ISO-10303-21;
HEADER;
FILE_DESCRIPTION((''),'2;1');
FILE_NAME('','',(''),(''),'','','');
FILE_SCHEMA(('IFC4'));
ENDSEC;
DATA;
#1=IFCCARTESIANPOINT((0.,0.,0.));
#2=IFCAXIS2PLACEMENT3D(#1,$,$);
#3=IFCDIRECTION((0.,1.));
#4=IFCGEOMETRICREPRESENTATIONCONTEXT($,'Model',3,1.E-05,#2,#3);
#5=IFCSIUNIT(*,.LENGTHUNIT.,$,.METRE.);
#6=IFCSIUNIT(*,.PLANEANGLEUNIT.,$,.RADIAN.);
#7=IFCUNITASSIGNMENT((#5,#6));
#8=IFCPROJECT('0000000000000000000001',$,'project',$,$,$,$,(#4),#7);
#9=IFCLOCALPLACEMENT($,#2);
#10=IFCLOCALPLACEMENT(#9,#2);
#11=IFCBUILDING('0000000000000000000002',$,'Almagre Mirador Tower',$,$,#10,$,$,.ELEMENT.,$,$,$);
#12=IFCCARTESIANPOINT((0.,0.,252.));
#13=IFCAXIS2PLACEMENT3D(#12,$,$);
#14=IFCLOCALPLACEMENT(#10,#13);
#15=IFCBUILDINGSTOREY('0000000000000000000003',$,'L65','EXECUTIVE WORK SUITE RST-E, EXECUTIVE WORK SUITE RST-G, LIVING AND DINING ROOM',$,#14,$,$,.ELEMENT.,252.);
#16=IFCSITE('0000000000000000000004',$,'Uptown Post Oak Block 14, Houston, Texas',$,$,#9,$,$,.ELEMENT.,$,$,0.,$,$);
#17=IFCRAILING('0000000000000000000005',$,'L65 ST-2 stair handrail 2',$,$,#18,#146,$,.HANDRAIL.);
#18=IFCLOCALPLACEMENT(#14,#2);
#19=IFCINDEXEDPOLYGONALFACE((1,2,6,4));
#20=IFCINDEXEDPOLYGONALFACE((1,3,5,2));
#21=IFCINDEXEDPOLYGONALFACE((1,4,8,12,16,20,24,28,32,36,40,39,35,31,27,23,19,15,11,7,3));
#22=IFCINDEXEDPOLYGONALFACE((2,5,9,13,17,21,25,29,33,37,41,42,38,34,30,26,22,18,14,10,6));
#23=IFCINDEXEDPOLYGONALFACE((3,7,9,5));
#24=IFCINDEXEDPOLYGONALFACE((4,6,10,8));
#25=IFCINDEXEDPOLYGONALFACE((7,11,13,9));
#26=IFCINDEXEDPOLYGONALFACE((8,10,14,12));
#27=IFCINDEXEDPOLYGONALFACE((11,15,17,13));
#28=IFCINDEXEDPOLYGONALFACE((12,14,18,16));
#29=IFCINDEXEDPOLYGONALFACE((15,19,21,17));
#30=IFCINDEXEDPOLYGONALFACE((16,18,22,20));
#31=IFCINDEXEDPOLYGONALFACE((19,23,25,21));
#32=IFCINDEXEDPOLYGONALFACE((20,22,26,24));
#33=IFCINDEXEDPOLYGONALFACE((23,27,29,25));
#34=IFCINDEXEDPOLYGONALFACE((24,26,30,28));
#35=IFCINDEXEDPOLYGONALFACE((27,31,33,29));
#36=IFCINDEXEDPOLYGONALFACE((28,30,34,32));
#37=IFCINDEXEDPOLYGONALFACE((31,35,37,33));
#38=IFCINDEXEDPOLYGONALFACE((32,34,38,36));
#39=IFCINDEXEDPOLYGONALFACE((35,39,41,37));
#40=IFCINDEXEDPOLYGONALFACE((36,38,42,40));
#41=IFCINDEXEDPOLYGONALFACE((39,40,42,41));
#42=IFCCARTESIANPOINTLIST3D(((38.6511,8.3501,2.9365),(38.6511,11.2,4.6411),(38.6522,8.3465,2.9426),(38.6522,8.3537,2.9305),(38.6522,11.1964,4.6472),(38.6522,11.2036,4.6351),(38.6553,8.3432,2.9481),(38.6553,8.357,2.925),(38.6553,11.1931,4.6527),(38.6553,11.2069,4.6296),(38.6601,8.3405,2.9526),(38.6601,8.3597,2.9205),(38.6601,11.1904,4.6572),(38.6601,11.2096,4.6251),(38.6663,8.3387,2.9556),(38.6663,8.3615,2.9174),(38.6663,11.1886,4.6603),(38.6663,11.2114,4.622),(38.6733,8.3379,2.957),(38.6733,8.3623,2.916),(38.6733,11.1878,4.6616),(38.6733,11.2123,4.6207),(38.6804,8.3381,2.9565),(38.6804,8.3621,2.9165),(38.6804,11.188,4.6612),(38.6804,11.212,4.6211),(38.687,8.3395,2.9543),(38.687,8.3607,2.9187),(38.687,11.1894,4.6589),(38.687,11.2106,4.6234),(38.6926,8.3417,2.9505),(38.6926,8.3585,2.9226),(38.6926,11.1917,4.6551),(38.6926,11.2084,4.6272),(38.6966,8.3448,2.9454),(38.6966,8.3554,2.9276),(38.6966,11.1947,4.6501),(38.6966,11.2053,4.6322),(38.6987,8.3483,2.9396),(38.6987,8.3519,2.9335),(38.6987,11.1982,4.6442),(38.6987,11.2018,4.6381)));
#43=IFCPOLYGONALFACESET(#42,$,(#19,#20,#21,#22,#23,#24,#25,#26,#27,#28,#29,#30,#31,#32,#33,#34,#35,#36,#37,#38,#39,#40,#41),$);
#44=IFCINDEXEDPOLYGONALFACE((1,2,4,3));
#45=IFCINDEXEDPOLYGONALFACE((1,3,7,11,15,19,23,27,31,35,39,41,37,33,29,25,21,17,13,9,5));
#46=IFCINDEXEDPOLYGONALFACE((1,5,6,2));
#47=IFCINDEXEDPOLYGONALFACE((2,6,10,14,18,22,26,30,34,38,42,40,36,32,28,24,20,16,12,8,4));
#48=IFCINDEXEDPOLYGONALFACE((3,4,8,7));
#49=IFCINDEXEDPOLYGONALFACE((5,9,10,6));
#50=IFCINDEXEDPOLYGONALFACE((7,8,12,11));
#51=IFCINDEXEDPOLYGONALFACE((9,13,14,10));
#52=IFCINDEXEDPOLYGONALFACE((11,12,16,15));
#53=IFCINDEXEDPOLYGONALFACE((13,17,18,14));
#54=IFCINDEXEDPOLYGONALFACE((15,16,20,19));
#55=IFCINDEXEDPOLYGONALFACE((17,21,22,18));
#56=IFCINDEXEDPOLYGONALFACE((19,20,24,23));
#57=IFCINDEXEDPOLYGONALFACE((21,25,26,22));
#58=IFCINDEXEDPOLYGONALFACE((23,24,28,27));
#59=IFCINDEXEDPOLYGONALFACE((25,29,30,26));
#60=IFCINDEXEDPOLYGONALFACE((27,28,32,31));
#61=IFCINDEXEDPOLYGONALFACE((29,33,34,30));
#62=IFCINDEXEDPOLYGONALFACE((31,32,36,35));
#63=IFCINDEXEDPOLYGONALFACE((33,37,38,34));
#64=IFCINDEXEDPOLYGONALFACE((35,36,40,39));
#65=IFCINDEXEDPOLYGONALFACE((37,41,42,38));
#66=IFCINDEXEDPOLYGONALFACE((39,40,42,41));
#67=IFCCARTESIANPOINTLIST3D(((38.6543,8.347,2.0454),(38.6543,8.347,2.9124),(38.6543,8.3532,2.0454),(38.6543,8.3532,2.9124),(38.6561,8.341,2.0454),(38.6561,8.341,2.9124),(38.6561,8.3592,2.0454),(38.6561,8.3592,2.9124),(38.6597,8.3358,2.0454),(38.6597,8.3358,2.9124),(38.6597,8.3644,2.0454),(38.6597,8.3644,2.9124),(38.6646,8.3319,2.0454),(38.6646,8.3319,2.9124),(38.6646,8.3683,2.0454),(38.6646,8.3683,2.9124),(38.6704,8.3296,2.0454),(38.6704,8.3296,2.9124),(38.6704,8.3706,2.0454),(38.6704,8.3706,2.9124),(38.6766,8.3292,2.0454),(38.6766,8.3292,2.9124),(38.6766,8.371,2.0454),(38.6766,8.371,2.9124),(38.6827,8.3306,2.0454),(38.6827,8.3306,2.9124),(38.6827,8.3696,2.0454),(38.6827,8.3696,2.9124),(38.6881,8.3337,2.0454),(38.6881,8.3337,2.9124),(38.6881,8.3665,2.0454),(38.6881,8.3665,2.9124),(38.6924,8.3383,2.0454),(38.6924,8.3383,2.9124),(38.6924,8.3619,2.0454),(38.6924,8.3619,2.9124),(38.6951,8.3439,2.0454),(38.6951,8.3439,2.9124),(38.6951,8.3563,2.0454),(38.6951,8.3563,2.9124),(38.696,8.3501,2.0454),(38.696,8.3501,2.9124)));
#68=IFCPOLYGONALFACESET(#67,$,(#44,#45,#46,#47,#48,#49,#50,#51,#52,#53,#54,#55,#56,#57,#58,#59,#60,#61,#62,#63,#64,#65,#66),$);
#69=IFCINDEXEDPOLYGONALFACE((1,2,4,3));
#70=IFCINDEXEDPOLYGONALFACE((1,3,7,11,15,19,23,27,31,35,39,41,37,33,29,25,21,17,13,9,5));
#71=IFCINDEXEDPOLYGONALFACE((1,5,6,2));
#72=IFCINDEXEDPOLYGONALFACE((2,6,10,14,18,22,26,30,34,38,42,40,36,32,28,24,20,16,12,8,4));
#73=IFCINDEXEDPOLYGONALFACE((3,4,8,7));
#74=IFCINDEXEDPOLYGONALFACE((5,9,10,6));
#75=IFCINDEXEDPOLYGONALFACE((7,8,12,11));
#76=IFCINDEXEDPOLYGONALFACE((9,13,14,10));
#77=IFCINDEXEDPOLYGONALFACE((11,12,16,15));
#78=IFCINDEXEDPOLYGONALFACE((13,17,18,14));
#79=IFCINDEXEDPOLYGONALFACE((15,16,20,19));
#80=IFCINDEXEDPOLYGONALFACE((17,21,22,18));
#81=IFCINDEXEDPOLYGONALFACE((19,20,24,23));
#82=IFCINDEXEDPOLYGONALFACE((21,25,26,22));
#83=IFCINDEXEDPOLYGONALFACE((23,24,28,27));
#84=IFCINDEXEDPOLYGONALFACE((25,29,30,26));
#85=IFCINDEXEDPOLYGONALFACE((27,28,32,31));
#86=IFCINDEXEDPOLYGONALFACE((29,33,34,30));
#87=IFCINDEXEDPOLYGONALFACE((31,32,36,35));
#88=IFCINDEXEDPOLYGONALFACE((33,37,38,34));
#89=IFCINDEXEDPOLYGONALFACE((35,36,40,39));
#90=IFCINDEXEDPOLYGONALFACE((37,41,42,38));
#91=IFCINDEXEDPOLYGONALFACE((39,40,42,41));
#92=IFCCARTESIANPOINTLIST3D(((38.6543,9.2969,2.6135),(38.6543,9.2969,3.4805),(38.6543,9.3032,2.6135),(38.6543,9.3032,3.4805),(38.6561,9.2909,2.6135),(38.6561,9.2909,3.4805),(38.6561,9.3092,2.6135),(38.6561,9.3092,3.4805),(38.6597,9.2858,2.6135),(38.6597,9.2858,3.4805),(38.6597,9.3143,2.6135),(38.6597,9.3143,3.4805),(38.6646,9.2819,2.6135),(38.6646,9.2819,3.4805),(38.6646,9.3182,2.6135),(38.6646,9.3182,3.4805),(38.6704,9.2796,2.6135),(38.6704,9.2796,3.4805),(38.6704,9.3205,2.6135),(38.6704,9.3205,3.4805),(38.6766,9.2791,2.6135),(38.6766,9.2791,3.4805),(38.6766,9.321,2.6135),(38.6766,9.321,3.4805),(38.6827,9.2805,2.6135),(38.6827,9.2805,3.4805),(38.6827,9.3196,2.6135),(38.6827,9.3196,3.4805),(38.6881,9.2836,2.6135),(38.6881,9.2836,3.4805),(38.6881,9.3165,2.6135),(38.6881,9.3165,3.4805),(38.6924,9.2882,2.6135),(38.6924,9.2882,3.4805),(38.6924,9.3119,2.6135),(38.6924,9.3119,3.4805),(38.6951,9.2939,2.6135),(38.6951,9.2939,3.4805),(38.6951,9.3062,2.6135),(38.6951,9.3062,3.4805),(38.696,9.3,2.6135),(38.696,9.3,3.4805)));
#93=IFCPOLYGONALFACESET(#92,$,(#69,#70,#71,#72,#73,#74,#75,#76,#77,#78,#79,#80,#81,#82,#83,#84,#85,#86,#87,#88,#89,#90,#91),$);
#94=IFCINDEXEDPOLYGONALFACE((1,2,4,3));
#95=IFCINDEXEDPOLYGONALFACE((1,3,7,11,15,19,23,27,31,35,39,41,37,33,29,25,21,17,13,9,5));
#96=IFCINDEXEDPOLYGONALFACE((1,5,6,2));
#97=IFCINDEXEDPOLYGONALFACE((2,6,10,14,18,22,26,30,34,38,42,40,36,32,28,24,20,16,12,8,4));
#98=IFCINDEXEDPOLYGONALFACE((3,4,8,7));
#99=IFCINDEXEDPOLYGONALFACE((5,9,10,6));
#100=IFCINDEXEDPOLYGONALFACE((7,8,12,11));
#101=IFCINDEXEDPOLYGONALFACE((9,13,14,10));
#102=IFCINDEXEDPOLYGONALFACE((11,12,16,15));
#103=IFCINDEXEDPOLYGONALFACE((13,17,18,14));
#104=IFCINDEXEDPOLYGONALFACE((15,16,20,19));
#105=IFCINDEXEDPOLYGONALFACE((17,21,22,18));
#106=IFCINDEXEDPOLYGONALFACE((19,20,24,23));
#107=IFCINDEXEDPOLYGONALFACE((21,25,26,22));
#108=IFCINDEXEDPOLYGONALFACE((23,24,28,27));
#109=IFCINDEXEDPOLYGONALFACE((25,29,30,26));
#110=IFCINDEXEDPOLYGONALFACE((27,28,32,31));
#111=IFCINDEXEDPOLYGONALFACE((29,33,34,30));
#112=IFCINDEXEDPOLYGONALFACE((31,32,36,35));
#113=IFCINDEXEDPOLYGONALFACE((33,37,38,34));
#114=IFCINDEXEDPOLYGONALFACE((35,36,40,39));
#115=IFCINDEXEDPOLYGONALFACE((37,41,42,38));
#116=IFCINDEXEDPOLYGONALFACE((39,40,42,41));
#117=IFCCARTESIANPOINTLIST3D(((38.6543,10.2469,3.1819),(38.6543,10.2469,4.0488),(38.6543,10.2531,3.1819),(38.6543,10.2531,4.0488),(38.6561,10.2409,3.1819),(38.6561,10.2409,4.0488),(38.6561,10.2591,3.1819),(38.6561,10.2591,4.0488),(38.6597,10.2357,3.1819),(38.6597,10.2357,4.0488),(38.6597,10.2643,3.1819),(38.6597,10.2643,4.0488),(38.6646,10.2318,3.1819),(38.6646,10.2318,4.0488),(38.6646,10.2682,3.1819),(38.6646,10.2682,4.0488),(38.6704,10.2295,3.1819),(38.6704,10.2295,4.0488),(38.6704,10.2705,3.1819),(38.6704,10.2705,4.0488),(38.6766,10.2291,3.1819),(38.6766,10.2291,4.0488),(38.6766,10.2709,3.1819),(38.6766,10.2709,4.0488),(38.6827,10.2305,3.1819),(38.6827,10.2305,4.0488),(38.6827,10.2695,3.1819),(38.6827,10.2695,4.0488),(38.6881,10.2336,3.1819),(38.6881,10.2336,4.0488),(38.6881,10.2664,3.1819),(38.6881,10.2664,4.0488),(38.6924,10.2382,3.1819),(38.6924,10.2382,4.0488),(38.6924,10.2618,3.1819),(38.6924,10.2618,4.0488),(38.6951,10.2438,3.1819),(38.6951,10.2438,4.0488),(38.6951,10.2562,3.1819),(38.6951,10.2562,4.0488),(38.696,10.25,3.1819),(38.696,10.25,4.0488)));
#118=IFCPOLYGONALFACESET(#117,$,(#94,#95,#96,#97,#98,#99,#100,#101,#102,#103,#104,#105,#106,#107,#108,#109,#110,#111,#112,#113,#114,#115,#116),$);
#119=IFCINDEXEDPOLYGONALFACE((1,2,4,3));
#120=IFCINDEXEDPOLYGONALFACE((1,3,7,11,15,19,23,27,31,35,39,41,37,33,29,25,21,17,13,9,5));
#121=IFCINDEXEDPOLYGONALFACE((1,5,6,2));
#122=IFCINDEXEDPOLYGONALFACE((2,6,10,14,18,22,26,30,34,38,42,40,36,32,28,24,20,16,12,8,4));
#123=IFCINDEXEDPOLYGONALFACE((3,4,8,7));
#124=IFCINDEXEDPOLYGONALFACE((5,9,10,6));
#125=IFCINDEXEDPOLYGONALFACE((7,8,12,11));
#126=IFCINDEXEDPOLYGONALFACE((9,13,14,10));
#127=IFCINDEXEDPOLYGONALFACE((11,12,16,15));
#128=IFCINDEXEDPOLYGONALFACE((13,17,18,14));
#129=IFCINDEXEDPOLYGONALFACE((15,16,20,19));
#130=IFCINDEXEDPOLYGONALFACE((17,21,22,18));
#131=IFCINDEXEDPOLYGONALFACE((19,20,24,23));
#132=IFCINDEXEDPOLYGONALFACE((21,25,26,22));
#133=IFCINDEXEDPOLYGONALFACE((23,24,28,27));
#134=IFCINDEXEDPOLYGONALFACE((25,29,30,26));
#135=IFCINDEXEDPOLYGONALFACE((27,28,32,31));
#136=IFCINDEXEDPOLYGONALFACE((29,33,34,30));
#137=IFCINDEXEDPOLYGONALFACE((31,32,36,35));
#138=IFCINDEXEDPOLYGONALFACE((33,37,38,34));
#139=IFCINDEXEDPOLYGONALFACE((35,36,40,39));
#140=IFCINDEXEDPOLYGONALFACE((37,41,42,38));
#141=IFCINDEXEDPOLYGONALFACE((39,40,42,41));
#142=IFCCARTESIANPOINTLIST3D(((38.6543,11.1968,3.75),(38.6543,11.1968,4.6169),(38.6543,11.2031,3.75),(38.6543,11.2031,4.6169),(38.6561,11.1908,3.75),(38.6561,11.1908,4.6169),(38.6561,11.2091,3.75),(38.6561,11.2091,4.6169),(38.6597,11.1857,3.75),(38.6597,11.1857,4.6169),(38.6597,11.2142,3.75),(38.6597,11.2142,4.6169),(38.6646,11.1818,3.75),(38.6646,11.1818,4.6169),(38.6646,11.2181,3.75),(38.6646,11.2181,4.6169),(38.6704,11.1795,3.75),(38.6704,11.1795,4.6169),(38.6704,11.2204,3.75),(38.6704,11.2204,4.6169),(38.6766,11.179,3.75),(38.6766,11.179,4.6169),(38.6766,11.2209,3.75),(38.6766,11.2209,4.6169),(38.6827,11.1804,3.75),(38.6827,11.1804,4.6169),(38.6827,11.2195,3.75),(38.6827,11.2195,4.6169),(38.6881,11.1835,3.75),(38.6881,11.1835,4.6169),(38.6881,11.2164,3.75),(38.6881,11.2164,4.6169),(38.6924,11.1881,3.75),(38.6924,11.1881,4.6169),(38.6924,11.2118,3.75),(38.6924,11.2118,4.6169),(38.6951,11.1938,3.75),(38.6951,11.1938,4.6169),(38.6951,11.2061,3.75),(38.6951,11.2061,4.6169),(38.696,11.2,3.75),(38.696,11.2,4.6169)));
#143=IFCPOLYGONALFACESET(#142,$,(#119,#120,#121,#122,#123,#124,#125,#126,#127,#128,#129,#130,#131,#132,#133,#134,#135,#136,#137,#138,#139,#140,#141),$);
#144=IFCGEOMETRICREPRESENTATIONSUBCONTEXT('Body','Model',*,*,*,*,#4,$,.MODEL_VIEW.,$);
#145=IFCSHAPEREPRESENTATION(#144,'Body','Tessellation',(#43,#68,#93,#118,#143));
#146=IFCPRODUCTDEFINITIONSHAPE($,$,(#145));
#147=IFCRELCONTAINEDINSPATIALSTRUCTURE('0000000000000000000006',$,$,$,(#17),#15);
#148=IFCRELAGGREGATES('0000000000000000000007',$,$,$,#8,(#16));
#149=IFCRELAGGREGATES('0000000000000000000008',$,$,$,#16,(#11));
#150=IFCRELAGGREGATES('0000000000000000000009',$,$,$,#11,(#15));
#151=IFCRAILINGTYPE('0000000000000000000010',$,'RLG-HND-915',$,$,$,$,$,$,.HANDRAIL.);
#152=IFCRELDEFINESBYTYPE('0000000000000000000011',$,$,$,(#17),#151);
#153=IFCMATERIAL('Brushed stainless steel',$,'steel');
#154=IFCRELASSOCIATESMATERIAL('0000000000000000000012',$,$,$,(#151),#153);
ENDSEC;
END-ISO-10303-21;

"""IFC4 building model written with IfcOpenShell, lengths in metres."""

from ifc_helpers import new_model, si_unit, direction, frame, origin, origin_2d, place, context, subcontext, project, spatial, circle, extrude, material, type_object, element, save


model = new_model("IFC4")

# Units and contexts
model_context = context("Model", 3, precision=1e-05, world=origin(), true_north=direction((0.0, 1.0)))
body_context = subcontext(model_context, "Body", "Model", "MODEL_VIEW")
ifc_project = project(units=[si_unit("LENGTHUNIT", "METRE"), si_unit("PLANEANGLEUNIT", "RADIAN")], contexts=[model_context])

# Site, building, storey
site_placement = place(None, origin())
site = spatial("IfcSite", under=ifc_project, at=site_placement, Name="Uptown Post Oak Block 14, Houston, Texas", CompositionType="ELEMENT", RefElevation=0.0)
building_placement = place(site_placement, origin())
building = spatial("IfcBuilding", under=site, at=building_placement, Name="Almagre Mirador Tower", CompositionType="ELEMENT")
storey_placement = place(building_placement, frame((0.0, 0.0, 252.0)))
storey = spatial("IfcBuildingStorey", under=building, at=storey_placement, Name="L65", Description="EXECUTIVE WORK SUITE RST-E, EXECUTIVE WORK SUITE RST-G, LIVING AND DINING ROOM", CompositionType="ELEMENT", Elevation=252.0)

# Railing
ifc_material_1 = material(Name="Brushed stainless steel", Category="steel")
railing_type_1 = type_object("IfcRailingType", Name="RLG-HND-915", PredefinedType="HANDRAIL", material=ifc_material_1)
railing_1_placement = place(storey_placement, frame((38.675, 8.3501, 2.0454)))
element("IfcRailing", 1, at=railing_1_placement, inside=storey, type_object=railing_type_1, Name="L65 ST-2 stair handrail 2", PredefinedType="HANDRAIL", context=body_context, shape_type="SweptSolid", body=[
    extrude(circle(Radius=0.0239, at=origin_2d()), frame((0.0, 0.0, 0.8911), z_axis=(0.0, 0.858199, 0.513317), x_axis=(-1.0, 0.0, 0.0)), (0.0, 0.0, 1.0), 3.3208),
    extrude(circle(Radius=0.021, at=origin_2d()), origin(), (0.0, 0.0, 1.0), 0.8669),
    extrude(circle(Radius=0.021, at=origin_2d()), frame((0.0, 0.95, 0.5681)), (0.0, 0.0, 1.0), 0.8669),
    extrude(circle(Radius=0.021, at=origin_2d()), frame((0.0, 1.8999, 1.1365)), (0.0, 0.0, 1.0), 0.8669),
    extrude(circle(Radius=0.021, at=origin_2d()), frame((0.0, 2.8499, 1.7046)), (0.0, 0.0, 1.0), 0.8669),
])

save(model, "model.ifc")
